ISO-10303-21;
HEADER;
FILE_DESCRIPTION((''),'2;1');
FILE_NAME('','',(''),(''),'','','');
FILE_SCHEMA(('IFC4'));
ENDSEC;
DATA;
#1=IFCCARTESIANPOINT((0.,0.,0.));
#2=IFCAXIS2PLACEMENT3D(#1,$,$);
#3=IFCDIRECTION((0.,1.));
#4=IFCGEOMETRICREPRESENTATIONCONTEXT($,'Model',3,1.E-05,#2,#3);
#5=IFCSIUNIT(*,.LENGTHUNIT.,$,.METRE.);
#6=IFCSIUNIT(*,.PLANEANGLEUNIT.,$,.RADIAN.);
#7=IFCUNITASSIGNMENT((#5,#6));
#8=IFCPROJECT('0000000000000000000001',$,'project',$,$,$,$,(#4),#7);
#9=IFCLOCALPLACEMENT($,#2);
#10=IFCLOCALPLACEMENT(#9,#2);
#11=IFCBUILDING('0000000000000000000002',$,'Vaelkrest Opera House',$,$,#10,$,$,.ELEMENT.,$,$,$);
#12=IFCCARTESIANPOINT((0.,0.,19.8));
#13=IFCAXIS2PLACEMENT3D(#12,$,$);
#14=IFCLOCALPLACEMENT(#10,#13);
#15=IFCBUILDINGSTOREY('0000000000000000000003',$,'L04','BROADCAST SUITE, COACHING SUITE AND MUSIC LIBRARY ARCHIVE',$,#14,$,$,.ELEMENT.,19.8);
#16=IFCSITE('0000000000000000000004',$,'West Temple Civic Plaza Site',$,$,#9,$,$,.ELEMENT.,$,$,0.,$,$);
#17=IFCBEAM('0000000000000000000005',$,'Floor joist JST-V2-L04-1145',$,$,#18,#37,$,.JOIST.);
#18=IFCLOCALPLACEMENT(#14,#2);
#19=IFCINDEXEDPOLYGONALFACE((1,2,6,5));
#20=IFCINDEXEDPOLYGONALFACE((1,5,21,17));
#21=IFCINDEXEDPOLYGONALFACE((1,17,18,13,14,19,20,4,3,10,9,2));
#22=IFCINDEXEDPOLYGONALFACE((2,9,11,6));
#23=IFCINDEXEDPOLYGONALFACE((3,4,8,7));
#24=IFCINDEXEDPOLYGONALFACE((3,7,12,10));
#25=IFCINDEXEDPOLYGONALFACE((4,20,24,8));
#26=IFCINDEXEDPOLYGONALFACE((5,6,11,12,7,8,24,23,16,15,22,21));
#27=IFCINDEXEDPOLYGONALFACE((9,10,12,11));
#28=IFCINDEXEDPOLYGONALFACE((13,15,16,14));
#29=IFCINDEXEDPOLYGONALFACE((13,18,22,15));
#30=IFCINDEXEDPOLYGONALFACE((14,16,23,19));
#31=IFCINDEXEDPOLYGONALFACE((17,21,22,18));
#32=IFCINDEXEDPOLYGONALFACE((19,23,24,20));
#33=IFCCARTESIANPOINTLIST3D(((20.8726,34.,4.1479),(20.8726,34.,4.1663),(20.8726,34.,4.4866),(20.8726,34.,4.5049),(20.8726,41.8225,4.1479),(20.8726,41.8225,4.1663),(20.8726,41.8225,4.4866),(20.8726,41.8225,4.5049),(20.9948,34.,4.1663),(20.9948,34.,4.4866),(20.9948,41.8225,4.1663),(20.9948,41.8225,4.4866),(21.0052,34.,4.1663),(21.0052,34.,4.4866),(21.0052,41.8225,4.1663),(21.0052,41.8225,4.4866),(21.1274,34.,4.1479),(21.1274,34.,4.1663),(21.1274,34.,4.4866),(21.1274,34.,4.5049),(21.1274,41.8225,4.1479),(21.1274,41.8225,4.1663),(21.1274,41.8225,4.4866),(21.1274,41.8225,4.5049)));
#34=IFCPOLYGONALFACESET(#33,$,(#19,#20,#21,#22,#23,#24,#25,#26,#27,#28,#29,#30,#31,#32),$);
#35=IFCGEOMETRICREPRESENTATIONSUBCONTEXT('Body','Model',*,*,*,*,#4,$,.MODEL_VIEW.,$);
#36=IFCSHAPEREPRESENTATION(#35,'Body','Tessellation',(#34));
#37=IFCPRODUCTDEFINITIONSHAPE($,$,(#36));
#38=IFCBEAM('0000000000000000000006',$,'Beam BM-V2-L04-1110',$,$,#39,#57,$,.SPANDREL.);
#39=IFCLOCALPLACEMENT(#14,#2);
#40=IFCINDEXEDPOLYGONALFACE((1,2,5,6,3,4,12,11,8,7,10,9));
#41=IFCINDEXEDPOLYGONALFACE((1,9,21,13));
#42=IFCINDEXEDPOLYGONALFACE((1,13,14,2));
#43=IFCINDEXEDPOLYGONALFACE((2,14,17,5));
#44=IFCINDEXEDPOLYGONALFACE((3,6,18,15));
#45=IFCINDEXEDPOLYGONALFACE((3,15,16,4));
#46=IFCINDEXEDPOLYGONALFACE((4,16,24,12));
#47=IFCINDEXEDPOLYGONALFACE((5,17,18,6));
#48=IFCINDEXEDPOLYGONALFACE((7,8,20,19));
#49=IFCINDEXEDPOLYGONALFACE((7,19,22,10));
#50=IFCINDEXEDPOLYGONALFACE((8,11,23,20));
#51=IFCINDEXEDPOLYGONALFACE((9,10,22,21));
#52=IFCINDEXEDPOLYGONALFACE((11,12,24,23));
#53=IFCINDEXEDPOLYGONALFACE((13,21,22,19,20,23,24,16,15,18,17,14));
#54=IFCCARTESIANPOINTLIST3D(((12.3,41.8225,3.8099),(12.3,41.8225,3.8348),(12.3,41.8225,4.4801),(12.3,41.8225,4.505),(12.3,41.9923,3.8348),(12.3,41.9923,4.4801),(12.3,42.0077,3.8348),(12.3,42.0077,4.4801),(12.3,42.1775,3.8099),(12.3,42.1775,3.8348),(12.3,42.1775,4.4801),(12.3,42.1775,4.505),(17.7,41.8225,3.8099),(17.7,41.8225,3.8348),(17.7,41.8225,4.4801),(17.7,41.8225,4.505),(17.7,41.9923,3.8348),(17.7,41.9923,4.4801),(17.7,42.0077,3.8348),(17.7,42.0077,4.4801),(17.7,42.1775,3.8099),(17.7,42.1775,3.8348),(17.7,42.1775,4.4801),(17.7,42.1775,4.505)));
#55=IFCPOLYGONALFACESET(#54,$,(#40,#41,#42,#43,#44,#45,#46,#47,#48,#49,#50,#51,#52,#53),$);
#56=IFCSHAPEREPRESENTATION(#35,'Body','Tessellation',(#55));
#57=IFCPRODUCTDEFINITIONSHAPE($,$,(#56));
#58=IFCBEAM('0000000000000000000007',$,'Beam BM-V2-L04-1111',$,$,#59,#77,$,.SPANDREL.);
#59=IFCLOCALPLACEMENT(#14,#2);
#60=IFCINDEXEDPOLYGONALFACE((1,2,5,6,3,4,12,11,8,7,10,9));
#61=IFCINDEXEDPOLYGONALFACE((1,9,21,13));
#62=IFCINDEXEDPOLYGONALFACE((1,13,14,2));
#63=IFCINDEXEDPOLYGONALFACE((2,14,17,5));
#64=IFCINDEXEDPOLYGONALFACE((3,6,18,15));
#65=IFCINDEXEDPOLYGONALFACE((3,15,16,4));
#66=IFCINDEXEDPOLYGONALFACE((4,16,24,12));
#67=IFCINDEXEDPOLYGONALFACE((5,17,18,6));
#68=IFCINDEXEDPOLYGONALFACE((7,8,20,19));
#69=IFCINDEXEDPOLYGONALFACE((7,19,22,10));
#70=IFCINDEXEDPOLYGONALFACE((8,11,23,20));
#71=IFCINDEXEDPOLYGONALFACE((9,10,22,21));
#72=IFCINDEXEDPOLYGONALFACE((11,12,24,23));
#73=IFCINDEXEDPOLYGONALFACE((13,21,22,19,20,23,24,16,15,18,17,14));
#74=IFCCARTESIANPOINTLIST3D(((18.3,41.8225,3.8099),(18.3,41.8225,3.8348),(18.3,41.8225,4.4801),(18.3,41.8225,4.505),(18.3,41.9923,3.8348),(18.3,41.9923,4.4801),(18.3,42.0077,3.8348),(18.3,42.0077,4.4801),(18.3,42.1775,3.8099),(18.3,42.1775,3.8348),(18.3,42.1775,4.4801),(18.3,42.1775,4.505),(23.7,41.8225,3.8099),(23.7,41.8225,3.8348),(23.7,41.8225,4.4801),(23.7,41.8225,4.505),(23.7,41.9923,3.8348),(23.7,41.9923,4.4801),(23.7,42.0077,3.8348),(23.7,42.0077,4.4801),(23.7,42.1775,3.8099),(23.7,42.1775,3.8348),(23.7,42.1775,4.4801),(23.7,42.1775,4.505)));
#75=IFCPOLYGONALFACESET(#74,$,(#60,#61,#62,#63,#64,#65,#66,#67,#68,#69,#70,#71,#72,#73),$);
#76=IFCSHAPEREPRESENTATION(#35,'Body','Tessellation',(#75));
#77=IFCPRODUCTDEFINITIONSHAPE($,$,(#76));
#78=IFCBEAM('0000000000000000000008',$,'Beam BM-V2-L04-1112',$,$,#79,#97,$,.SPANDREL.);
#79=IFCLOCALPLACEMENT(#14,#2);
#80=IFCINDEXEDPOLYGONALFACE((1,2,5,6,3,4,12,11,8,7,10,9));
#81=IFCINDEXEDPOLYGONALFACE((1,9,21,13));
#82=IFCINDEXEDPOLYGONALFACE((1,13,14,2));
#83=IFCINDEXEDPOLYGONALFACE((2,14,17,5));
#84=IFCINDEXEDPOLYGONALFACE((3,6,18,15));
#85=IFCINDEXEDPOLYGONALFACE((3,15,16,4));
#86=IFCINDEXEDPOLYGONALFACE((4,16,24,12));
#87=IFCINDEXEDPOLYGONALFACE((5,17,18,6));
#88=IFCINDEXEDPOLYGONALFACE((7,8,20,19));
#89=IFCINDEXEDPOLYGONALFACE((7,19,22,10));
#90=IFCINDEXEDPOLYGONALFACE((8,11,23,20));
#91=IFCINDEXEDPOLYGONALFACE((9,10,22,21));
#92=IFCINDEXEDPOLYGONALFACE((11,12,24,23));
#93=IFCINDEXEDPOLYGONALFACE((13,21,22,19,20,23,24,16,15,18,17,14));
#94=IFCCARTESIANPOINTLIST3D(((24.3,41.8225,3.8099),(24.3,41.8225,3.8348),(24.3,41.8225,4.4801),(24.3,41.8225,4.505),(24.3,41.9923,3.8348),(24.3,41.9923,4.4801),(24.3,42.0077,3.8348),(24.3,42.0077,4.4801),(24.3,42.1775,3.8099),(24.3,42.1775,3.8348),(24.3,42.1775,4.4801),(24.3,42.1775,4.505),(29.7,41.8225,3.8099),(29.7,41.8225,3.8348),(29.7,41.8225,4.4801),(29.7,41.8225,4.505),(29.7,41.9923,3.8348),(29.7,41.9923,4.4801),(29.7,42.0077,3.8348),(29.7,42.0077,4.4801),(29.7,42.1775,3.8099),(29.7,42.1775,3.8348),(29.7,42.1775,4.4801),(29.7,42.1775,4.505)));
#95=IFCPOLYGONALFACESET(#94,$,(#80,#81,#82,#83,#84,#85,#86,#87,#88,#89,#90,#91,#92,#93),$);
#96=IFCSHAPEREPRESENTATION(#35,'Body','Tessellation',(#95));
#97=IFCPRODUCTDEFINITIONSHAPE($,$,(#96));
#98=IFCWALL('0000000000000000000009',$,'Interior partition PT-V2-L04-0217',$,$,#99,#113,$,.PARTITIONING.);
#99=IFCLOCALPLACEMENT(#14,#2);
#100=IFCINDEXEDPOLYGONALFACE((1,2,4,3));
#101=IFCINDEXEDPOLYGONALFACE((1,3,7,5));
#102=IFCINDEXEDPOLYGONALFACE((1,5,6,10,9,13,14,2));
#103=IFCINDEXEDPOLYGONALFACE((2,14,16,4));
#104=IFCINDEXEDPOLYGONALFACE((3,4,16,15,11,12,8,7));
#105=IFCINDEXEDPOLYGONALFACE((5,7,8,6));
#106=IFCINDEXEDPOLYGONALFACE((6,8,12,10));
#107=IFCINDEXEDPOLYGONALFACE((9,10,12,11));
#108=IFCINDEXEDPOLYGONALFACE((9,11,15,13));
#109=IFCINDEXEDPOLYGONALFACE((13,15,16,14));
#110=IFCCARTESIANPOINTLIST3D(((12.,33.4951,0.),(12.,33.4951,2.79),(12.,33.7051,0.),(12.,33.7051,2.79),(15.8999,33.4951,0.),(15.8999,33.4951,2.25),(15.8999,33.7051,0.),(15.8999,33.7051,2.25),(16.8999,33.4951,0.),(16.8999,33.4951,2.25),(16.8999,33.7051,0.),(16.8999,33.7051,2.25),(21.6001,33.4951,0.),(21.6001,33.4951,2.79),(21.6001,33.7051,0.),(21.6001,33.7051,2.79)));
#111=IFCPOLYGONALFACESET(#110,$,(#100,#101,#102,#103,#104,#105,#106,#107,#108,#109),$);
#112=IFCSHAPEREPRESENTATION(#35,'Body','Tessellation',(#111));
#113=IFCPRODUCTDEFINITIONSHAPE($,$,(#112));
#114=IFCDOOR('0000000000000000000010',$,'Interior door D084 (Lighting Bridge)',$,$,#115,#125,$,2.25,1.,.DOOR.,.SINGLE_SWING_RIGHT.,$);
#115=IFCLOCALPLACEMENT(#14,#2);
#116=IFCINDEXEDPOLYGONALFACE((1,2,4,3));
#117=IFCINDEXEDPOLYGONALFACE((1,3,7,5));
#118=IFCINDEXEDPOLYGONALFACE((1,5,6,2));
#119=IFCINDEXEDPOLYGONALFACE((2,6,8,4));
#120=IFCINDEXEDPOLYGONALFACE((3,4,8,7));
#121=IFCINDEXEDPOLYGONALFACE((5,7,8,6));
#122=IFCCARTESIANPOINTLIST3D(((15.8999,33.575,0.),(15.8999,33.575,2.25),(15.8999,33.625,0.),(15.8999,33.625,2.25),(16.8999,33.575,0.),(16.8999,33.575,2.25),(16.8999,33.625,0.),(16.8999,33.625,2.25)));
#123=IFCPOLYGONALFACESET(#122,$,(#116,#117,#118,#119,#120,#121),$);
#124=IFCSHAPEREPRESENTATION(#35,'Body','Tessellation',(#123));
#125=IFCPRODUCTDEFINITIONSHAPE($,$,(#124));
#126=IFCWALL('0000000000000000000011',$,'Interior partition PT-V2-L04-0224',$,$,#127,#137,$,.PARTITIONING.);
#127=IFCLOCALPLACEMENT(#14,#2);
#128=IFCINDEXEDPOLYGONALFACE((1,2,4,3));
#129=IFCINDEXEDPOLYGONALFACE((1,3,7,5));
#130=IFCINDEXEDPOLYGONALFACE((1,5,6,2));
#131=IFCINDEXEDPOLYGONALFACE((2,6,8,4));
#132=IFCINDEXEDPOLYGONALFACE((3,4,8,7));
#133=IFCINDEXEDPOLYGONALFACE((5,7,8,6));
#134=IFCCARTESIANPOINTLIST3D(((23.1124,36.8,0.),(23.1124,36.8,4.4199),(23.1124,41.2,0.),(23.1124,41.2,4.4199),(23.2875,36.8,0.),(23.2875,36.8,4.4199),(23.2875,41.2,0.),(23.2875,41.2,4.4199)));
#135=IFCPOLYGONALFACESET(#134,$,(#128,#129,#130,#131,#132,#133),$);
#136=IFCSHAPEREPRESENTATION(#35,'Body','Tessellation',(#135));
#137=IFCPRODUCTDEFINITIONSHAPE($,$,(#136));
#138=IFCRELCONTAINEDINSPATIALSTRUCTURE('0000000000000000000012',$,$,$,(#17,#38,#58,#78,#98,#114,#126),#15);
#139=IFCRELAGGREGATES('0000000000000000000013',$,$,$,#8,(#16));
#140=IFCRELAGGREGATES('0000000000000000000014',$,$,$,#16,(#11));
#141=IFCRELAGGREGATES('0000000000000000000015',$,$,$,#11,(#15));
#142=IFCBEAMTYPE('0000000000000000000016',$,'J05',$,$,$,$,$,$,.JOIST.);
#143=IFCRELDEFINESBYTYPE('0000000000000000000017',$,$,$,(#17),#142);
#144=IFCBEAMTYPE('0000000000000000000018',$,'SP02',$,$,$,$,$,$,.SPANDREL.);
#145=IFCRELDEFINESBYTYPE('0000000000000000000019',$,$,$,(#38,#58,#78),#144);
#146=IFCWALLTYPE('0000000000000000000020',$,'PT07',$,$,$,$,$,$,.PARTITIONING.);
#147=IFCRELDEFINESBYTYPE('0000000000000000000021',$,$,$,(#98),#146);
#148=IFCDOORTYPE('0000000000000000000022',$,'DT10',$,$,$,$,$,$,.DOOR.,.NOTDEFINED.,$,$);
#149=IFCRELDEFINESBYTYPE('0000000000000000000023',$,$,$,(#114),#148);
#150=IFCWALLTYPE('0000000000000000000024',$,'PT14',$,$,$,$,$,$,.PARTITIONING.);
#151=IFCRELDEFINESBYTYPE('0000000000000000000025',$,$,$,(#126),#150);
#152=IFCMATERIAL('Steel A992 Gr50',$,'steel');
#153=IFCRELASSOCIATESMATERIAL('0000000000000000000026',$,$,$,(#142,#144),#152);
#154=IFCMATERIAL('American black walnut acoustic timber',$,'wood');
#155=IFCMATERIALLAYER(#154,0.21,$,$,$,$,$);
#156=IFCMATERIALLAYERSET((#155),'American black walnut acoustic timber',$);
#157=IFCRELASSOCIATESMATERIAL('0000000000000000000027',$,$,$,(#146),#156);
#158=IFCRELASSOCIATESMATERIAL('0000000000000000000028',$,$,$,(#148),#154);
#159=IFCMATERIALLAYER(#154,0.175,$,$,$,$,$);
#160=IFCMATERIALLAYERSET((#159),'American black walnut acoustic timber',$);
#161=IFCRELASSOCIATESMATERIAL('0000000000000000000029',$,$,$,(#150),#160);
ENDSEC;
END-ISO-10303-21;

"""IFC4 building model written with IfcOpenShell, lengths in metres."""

from ifc_helpers import new_model, si_unit, direction, frame, frame_2d, origin, origin_2d, place, context, subcontext, project, spatial, rectangle, i_section, extrude, material, layer, layer_set, material_profile, profile_set, type_object, element, fill, save


model = new_model("IFC4")

# Units and contexts
model_context = context("Model", 3, precision=1e-05, world=origin(), true_north=direction((0.0, 1.0)))
body_context = subcontext(model_context, "Body", "Model", "MODEL_VIEW")
ifc_project = project(units=[si_unit("LENGTHUNIT", "METRE"), si_unit("PLANEANGLEUNIT", "RADIAN")], contexts=[model_context])

# Site, building, storey
site_placement = place(None, origin())
site = spatial("IfcSite", under=ifc_project, at=site_placement, Name="West Temple Civic Plaza Site", CompositionType="ELEMENT", RefElevation=0.0)
building_placement = place(site_placement, origin())
building = spatial("IfcBuilding", under=site, at=building_placement, Name="Vaelkrest Opera House", CompositionType="ELEMENT")
storey_placement = place(building_placement, frame((0.0, 0.0, 19.8)))
storey = spatial("IfcBuildingStorey", under=building, at=storey_placement, Name="L04", Description="BROADCAST SUITE, COACHING SUITE AND MUSIC LIBRARY ARCHIVE", CompositionType="ELEMENT", Elevation=19.8)

# Beams
ifc_material_1 = material(Name="Steel A992 Gr50", Category="steel")
ifc_material_profile_1 = material_profile(ifc_material_1, i_section(OverallWidth=0.2549, OverallDepth=0.3569, WebThickness=0.0105, FlangeThickness=0.0183, at=origin_2d()), Name="W14X68")
ifc_profile_set_1 = profile_set([ifc_material_profile_1], Name="Steel A992 Gr50")
beam_type_1 = type_object("IfcBeamType", Name="J05", PredefinedType="JOIST", material=ifc_profile_set_1)
beam_1_placement = place(storey_placement, frame((21.0, 34.0, 4.3264), z_axis=(0.0, 1.0, 0.0), x_axis=(-1.0, 0.0, 0.0)))
element("IfcBeam", 1, at=beam_1_placement, inside=storey, type_object=beam_type_1, Name="Floor joist JST-V2-L04-1145", PredefinedType="JOIST", context=body_context, shape_type="SweptSolid", body=[
    extrude(i_section(OverallWidth=0.2549, OverallDepth=0.3569, WebThickness=0.0105, FlangeThickness=0.0183, at=origin_2d()), origin(), (0.0, 0.0, 1.0), 7.8225),
])
ifc_material_profile_2 = material_profile(ifc_material_1, i_section(OverallWidth=0.355, OverallDepth=0.6951, WebThickness=0.0154, FlangeThickness=0.0249, at=origin_2d()), Name="W27X146")
ifc_profile_set_2 = profile_set([ifc_material_profile_2], Name="Steel A992 Gr50")
beam_type_2 = type_object("IfcBeamType", Name="SP02", PredefinedType="SPANDREL", material=ifc_profile_set_2)
for number, where, z_axis, x_axis, name in (
    (2, (12.3, 42.0, 4.1575), (1.0, 0.0, 0.0), (0.0, 1.0, 0.0), "Beam BM-V2-L04-1110"),
    (3, (18.3, 42.0, 4.1575), (1.0, 0.0, 0.0), (0.0, 1.0, 0.0), "Beam BM-V2-L04-1111"),
    (4, (24.3, 42.0, 4.1575), (1.0, 0.0, 0.0), (0.0, 1.0, 0.0), "Beam BM-V2-L04-1112"),
):
    element("IfcBeam", number, at=place(storey_placement, frame(where, z_axis=z_axis, x_axis=x_axis)), inside=storey, type_object=beam_type_2, Name=name, PredefinedType="SPANDREL", context=body_context, shape_type="SweptSolid", body=[
        extrude(i_section(OverallWidth=0.355, OverallDepth=0.6951, WebThickness=0.0154, FlangeThickness=0.0249, at=origin_2d()), origin(), (0.0, 0.0, 1.0), 5.3999),
    ])

# Wall, opening, door
ifc_material_2 = material(Name="American black walnut acoustic timber", Category="wood")
ifc_layer_1 = layer(ifc_material_2, 0.21)
ifc_layer_set_1 = layer_set([ifc_layer_1], Name="American black walnut acoustic timber")
wall_type_1 = type_object("IfcWallType", Name="PT07", PredefinedType="PARTITIONING", material=ifc_layer_set_1)
wall_1_placement = place(storey_placement, frame((12.0, 33.6001, 0.0), z_axis=(0.0, 0.0, 1.0), x_axis=(1.0, 0.0, 0.0)))
wall_1 = element("IfcWall", 5, at=wall_1_placement, inside=storey, type_object=wall_type_1, Name="Interior partition PT-V2-L04-0217", PredefinedType="PARTITIONING", context=body_context, shape_type="SweptSolid", body=[
    extrude(rectangle(XDim=9.6001, YDim=0.21, at=frame_2d((4.8, 0.0))), origin(), (0.0, 0.0, 1.0), 2.79),
])
opening_1_placement = place(wall_1_placement, frame((3.8999, 0.0, 0.0)))
opening_1 = element("IfcOpeningElement", 6, at=opening_1_placement, cuts=wall_1, PredefinedType="OPENING", context=body_context, shape_type="SweptSolid", body=[
    extrude(rectangle(XDim=1.0, YDim=2.25, at=frame_2d((0.5, 1.125))), frame((0.0, 0.115, 0.0), z_axis=(0.0, -1.0, 0.0), x_axis=(1.0, 0.0, 0.0)), (0.0, 0.0, 1.0), 0.23),
])
door_type_1 = type_object("IfcDoorType", Name="DT10", OperationType="NOTDEFINED", PredefinedType="DOOR", material=ifc_material_2)
door_1_placement = place(opening_1_placement, origin())
door_1 = element("IfcDoor", 7, at=door_1_placement, inside=storey, type_object=door_type_1, Name="Interior door D084 (Lighting Bridge)", OperationType="SINGLE_SWING_RIGHT", OverallHeight=2.25, OverallWidth=1.0, PredefinedType="DOOR", context=body_context, shape_type="SweptSolid", body=[
    extrude(rectangle(XDim=1.0, YDim=2.25, at=frame_2d((0.5, 1.125))), frame((0.0, 0.0249, 0.0), z_axis=(0.0, -1.0, 0.0), x_axis=(1.0, 0.0, 0.0)), (0.0, 0.0, 1.0), 0.05),
])
fill(opening_1, door_1)

# Wall
ifc_layer_2 = layer(ifc_material_2, 0.175)
ifc_layer_set_2 = layer_set([ifc_layer_2], Name="American black walnut acoustic timber")
wall_type_2 = type_object("IfcWallType", Name="PT14", PredefinedType="PARTITIONING", material=ifc_layer_set_2)
wall_2_placement = place(storey_placement, frame((23.2, 36.8, 0.0), z_axis=(0.0, 0.0, 1.0), x_axis=(0.0, 1.0, 0.0)))
element("IfcWall", 8, at=wall_2_placement, inside=storey, type_object=wall_type_2, Name="Interior partition PT-V2-L04-0224", PredefinedType="PARTITIONING", context=body_context, shape_type="SweptSolid", body=[
    extrude(rectangle(XDim=4.3999, YDim=0.175, at=frame_2d((2.2, 0.0))), origin(), (0.0, 0.0, 1.0), 4.4199),
])

save(model, "model.ifc")
